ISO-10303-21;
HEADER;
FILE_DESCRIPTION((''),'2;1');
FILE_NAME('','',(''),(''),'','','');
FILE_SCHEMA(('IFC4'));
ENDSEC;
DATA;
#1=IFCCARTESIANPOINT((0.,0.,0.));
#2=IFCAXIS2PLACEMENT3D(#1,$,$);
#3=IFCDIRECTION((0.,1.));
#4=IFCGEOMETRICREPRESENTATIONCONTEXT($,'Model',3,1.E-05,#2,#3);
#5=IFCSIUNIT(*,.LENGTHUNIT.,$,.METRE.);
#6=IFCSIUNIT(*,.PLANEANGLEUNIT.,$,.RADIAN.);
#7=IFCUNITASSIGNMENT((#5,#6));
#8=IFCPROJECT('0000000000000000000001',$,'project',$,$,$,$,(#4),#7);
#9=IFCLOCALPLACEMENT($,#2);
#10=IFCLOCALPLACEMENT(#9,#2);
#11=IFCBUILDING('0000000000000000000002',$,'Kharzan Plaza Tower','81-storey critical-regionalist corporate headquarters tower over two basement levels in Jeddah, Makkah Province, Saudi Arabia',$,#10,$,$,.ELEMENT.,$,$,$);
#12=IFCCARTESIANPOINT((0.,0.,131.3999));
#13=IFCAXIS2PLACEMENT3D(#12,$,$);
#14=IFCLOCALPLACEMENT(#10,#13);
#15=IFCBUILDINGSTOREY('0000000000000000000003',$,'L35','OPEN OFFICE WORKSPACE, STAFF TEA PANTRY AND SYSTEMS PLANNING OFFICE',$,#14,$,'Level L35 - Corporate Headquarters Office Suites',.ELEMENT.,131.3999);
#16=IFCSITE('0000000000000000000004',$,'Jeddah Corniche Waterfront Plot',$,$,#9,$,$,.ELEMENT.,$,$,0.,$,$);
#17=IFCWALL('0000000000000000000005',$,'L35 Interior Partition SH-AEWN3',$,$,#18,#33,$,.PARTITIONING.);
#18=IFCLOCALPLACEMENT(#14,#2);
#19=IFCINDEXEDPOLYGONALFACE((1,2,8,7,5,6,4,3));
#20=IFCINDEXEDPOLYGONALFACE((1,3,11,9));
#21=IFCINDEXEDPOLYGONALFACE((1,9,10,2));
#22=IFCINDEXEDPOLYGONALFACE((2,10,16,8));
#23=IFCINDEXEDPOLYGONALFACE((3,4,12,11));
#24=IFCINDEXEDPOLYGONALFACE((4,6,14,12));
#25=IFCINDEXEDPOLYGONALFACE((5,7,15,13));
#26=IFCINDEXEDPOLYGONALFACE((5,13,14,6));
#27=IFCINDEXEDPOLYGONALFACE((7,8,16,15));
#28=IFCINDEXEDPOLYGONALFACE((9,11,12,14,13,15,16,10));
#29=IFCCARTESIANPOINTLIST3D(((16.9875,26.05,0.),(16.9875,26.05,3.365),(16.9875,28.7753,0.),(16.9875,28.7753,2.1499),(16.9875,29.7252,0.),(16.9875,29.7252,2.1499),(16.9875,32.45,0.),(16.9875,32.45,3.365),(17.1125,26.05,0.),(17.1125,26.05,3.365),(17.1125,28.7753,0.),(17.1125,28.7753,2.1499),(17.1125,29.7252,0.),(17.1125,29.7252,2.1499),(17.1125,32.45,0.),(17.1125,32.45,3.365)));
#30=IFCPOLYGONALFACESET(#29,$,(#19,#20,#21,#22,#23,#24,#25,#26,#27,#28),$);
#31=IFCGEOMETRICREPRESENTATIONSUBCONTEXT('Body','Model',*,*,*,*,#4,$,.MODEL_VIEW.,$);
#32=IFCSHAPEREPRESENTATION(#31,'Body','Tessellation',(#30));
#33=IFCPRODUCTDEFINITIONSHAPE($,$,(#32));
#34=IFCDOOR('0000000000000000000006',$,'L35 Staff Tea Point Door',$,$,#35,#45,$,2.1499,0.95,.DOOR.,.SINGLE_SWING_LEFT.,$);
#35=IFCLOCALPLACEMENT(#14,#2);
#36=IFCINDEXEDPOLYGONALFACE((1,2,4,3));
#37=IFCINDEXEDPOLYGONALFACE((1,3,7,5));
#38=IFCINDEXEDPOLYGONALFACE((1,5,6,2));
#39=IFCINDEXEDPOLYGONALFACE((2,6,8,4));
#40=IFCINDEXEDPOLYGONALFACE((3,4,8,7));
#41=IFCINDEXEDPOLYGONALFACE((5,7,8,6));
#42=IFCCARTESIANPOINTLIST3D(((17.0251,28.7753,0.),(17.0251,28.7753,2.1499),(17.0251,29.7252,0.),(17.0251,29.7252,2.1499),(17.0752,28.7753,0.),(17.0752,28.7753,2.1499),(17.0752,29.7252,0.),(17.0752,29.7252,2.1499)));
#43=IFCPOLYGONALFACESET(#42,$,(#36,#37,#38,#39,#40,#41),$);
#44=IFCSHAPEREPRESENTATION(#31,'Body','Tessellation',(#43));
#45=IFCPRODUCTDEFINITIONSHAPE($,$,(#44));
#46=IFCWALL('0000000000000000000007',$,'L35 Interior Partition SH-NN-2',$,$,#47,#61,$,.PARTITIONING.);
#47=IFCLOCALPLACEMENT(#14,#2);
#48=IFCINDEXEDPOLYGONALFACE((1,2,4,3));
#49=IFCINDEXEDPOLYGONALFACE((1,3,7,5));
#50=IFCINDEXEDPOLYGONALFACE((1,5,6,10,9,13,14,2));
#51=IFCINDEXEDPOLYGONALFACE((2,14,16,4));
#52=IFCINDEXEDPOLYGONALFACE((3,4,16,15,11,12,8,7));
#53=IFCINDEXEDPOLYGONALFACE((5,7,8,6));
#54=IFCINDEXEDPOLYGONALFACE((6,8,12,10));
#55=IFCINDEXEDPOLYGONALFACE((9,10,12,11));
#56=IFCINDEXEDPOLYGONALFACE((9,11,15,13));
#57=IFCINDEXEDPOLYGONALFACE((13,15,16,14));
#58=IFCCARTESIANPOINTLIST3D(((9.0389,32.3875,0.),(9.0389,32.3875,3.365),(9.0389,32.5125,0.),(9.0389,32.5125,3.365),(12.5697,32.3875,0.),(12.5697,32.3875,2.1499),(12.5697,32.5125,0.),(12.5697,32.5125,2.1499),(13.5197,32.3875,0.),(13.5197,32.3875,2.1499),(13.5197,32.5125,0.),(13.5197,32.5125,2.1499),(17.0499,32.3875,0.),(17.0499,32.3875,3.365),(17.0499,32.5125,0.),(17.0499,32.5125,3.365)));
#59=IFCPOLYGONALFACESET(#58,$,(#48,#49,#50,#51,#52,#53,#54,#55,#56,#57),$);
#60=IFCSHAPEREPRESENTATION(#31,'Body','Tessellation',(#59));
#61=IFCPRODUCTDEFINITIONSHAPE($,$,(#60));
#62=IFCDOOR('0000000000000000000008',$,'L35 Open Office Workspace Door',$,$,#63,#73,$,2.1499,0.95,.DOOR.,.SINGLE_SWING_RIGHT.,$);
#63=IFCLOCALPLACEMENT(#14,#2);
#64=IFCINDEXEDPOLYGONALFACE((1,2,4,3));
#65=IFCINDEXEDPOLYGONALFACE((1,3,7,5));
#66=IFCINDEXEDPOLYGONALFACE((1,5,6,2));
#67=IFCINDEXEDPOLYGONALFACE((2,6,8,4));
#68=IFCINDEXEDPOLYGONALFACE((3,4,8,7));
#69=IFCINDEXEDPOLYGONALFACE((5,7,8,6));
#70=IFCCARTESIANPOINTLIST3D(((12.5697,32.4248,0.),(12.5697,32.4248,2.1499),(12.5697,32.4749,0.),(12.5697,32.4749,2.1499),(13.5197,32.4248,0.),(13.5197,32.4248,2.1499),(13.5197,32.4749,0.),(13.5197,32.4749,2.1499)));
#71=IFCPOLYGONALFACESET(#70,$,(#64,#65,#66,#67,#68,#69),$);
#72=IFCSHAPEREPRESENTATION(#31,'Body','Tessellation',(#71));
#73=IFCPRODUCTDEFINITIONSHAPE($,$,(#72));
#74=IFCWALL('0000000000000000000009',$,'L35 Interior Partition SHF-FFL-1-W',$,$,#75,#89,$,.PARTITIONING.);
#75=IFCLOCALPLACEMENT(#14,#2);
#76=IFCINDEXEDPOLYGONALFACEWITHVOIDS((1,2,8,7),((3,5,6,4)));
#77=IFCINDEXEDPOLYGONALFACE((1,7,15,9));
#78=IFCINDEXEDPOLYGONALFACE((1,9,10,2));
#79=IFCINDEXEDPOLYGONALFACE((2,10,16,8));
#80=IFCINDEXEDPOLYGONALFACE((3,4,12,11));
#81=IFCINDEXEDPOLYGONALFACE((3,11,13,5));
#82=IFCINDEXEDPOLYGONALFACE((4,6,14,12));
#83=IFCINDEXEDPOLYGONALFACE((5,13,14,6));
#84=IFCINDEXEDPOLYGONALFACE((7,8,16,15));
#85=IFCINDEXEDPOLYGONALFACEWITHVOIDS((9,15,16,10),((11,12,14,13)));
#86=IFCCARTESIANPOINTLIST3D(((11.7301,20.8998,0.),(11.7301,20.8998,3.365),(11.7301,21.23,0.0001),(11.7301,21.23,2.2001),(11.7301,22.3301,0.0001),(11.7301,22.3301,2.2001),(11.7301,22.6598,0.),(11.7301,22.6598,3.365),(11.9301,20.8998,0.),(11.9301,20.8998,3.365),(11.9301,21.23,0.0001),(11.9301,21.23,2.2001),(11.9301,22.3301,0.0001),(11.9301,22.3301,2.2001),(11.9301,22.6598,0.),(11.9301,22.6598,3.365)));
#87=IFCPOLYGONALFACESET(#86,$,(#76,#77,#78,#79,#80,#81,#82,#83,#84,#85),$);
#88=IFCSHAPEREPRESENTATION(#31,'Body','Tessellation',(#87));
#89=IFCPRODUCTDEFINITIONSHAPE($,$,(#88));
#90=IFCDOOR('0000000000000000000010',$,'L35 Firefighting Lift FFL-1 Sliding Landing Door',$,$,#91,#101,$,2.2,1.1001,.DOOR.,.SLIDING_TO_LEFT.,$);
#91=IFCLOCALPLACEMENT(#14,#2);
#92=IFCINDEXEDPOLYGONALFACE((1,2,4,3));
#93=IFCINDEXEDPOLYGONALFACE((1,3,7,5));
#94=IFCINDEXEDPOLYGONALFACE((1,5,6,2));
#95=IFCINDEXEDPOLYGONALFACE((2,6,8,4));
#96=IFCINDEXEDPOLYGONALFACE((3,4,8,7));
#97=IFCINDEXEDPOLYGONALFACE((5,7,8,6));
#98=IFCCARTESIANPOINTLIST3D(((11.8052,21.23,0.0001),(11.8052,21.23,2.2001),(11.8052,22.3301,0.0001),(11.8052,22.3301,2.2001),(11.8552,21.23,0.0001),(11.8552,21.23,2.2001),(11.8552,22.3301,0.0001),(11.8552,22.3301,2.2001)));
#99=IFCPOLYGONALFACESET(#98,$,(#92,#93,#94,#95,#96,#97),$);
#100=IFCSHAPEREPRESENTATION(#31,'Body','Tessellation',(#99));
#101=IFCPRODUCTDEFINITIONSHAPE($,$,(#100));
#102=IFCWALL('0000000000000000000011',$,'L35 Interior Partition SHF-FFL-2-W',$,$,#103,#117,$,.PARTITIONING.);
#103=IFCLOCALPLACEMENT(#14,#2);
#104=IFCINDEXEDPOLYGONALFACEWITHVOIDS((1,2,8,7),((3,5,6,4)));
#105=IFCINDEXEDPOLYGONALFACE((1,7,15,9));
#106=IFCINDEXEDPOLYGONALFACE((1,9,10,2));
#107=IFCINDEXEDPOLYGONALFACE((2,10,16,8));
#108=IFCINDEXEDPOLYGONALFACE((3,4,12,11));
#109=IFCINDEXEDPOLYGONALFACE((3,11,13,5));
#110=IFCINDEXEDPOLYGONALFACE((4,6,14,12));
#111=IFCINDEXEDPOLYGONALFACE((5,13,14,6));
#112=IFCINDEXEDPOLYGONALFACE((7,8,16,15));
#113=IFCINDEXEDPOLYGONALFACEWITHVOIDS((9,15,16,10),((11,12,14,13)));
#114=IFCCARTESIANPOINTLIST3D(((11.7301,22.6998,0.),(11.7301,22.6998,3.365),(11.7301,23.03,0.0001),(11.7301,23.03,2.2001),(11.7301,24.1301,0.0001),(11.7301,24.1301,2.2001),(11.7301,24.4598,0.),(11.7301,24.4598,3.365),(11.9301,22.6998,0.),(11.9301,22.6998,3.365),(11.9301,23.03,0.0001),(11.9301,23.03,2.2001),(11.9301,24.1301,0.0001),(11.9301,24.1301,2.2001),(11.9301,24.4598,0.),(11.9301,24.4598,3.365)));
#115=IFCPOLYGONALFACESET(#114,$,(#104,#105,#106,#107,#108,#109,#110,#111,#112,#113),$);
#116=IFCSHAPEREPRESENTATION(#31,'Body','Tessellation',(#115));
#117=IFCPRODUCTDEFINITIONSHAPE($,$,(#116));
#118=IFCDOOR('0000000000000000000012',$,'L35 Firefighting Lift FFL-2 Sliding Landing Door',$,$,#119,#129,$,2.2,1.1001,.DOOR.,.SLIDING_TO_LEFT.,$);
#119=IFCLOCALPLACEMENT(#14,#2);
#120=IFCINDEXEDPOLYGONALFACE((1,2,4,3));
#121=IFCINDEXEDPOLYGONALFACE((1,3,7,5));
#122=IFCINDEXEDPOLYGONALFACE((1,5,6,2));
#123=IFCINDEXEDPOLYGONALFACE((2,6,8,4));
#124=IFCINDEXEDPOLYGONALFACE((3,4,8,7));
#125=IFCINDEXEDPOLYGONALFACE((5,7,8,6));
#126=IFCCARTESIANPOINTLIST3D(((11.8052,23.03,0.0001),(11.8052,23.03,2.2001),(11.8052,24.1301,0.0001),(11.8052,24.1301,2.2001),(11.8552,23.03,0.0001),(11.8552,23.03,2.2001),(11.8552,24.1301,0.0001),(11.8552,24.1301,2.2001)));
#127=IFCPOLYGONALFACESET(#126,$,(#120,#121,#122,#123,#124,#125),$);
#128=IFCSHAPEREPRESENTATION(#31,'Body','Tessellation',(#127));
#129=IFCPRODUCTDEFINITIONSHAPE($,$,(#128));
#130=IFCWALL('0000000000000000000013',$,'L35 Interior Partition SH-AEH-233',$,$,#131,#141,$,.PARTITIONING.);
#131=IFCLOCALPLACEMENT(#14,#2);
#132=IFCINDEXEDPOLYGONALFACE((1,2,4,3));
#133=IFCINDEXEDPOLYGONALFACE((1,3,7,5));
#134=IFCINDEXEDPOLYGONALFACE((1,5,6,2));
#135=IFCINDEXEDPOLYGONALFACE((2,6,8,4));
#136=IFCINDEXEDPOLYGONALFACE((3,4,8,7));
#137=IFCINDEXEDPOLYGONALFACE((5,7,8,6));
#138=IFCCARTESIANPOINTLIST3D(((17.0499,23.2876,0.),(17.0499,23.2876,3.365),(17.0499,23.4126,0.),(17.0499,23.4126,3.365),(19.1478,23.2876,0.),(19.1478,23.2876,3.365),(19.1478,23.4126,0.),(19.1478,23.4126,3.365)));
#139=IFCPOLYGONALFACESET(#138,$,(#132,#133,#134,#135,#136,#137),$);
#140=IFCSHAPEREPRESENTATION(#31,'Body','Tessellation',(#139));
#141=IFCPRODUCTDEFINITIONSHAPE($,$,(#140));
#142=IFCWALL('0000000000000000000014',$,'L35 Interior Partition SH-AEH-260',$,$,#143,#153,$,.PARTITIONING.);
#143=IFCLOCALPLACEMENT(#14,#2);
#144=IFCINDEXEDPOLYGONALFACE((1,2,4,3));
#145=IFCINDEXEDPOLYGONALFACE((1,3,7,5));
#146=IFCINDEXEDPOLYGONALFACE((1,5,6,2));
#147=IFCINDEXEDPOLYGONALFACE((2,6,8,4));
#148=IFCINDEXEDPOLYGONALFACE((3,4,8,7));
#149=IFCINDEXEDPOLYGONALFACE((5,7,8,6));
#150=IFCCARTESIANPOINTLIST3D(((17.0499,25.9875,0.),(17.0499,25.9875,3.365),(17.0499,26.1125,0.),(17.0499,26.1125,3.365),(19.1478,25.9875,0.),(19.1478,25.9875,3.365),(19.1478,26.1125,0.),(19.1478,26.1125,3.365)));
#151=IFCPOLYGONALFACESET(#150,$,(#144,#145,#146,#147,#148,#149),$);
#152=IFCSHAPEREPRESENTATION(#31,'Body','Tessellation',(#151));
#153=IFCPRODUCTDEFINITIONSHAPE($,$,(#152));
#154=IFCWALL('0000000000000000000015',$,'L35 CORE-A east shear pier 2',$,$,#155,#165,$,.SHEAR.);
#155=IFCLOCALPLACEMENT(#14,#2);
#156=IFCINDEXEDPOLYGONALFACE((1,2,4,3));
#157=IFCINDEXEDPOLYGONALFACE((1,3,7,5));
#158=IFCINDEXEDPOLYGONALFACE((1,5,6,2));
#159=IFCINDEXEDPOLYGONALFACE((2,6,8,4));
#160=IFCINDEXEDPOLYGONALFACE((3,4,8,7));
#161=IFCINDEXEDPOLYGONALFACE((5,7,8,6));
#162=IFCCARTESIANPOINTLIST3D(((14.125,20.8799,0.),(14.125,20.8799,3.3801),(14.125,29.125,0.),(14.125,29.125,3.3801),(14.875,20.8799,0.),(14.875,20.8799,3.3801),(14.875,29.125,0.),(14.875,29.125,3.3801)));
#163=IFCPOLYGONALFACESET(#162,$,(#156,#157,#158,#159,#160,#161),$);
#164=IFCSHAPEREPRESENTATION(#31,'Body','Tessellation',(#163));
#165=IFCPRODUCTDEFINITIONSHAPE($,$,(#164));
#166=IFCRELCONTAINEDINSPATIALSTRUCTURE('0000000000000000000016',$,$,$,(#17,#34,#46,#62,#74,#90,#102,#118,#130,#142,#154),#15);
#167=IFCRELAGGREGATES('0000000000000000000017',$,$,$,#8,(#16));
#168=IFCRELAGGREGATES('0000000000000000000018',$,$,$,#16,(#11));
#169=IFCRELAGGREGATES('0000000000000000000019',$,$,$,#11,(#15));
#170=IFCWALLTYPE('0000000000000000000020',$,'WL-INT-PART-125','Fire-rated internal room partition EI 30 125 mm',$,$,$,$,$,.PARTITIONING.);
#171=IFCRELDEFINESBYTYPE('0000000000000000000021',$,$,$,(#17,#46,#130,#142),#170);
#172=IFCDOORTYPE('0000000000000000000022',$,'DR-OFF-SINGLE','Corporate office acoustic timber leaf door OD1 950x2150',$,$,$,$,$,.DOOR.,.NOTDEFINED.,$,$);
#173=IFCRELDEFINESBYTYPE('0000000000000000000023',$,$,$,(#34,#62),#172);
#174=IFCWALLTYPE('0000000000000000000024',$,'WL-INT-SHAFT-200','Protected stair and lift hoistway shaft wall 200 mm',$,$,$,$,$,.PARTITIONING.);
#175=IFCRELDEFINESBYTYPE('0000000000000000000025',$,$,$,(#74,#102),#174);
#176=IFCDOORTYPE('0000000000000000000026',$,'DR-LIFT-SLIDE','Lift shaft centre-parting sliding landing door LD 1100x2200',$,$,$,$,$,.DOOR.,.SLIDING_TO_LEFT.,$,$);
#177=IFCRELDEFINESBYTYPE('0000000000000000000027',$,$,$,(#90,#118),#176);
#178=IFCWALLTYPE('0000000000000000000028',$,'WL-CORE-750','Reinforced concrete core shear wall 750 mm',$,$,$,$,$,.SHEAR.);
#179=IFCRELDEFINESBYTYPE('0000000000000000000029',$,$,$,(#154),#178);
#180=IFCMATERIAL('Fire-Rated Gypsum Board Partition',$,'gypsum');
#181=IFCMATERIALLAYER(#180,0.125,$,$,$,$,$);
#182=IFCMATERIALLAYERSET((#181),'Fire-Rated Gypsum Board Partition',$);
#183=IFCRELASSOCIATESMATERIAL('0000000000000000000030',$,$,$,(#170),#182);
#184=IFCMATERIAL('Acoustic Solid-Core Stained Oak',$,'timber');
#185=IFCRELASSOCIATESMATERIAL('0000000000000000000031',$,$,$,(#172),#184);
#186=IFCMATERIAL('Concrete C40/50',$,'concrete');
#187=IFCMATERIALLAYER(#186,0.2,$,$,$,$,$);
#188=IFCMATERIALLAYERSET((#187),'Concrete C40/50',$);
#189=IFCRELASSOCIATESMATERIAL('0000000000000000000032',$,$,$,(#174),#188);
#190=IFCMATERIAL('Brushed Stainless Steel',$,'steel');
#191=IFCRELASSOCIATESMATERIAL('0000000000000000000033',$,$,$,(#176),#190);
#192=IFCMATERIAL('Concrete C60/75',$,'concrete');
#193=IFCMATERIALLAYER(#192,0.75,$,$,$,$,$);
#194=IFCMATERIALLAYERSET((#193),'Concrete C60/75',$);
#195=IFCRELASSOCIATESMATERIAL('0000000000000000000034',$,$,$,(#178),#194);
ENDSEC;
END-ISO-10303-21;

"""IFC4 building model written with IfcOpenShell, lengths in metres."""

from ifc_helpers import new_model, si_unit, direction, frame, frame_2d, origin, place, context, subcontext, project, spatial, rectangle, extrude, source, transform, mapped, material, layer, layer_set, type_object, element, fill, save


model = new_model("IFC4")

# Units and contexts
model_context = context("Model", 3, precision=1e-05, world=origin(), true_north=direction((0.0, 1.0)))
body_context = subcontext(model_context, "Body", "Model", "MODEL_VIEW")
ifc_project = project(units=[si_unit("LENGTHUNIT", "METRE"), si_unit("PLANEANGLEUNIT", "RADIAN")], contexts=[model_context])

# Site, building, storey
site_placement = place(None, origin())
site = spatial("IfcSite", under=ifc_project, at=site_placement, Name="Jeddah Corniche Waterfront Plot", CompositionType="ELEMENT", RefElevation=0.0)
building_placement = place(site_placement, origin())
building = spatial("IfcBuilding", under=site, at=building_placement, Name="Kharzan Plaza Tower", Description="81-storey critical-regionalist corporate headquarters tower over two basement levels in Jeddah, Makkah Province, Saudi Arabia", CompositionType="ELEMENT")
storey_placement = place(building_placement, frame((0.0, 0.0, 131.3999)))
storey = spatial("IfcBuildingStorey", under=building, at=storey_placement, Name="L35", Description="OPEN OFFICE WORKSPACE, STAFF TEA PANTRY AND SYSTEMS PLANNING OFFICE", LongName="Level L35 - Corporate Headquarters Office Suites", CompositionType="ELEMENT", Elevation=131.3999)

# Shared definitions
ifc_material_1 = material(Name="Concrete C60/75", Category="concrete")

# Walls, openings, doors
ifc_material_2 = material(Name="Concrete C40/50", Category="concrete")
ifc_material_3 = material(Name="Fire-Rated Gypsum Board Partition", Category="gypsum")
ifc_layer_1 = layer(ifc_material_3, 0.125)
ifc_layer_set_1 = layer_set([ifc_layer_1], Name="Fire-Rated Gypsum Board Partition")
wall_type_1 = type_object("IfcWallType", Name="WL-INT-PART-125", Description="Fire-rated internal room partition EI 30 125 mm", PredefinedType="PARTITIONING", material=ifc_layer_set_1)
wall_1_placement = place(storey_placement, frame((17.05, 26.05, 0.0), z_axis=(0.0, 0.0, 1.0), x_axis=(0.0, 1.0, 0.0)))
wall_1 = element("IfcWall", 1, at=wall_1_placement, inside=storey, type_object=wall_type_1, Name="L35 Interior Partition SH-AEWN3", PredefinedType="PARTITIONING", context=body_context, shape_type="SweptSolid", body=[
    extrude(rectangle(XDim=6.3999, YDim=0.125, at=frame_2d((3.2, 0.0))), origin(), (0.0, 0.0, 1.0), 3.365),
])
opening_1_placement = place(wall_1_placement, frame((2.7251, 0.0, 0.0)))
opening_1 = element("IfcOpeningElement", 2, at=opening_1_placement, cuts=wall_1, PredefinedType="OPENING", context=body_context, shape_type="SweptSolid", body=[
    extrude(rectangle(XDim=0.95, YDim=2.1499, at=frame_2d((0.4751, 1.075))), frame((0.0, 0.0725, 0.0), z_axis=(0.0, -1.0, 0.0), x_axis=(1.0, 0.0, 0.0)), (0.0, 0.0, 1.0), 0.145),
])
ifc_material_4 = material(Name="Acoustic Solid-Core Stained Oak", Category="timber")
door_type_1 = type_object("IfcDoorType", Name="DR-OFF-SINGLE", Description="Corporate office acoustic timber leaf door OD1 950x2150", OperationType="NOTDEFINED", PredefinedType="DOOR", material=ifc_material_4)
shared_shape_1 = source(origin(), body_context, "Body", "SweptSolid", [
    extrude(rectangle(XDim=0.95, YDim=2.1499, at=frame_2d((0.4751, 1.075))), frame((0.0, 0.0249, 0.0), z_axis=(0.0, -1.0, 0.0), x_axis=(1.0, 0.0, 0.0)), (0.0, 0.0, 1.0), 0.05),
])
door_1_placement = place(opening_1_placement, origin())
door_1 = element("IfcDoor", 3, at=door_1_placement, inside=storey, type_object=door_type_1, Name="L35 Staff Tea Point Door", OperationType="SINGLE_SWING_LEFT", OverallHeight=2.1499, OverallWidth=0.95, PredefinedType="DOOR", context=body_context, shape_type="MappedRepresentation", body=[
    mapped(shared_shape_1, transform((0.0, 0.0, 0.0), x_axis=(1.0, 0.0, 0.0), y_axis=(0.0, 1.0, 0.0), z_axis=(0.0, 0.0, 1.0))),
])
fill(opening_1, door_1)
wall_2_placement = place(storey_placement, frame((9.0391, 32.45, 0.0), z_axis=(0.0, 0.0, 1.0), x_axis=(1.0, 0.0, 0.0)))
wall_2 = element("IfcWall", 4, at=wall_2_placement, inside=storey, type_object=wall_type_1, Name="L35 Interior Partition SH-NN-2", PredefinedType="PARTITIONING", context=body_context, shape_type="SweptSolid", body=[
    extrude(rectangle(XDim=8.011, YDim=0.125, at=frame_2d((4.0054, 0.0))), origin(), (0.0, 0.0, 1.0), 3.365),
])
opening_2_placement = place(wall_2_placement, frame((3.5305, 0.0, 0.0)))
opening_2 = element("IfcOpeningElement", 5, at=opening_2_placement, cuts=wall_2, PredefinedType="OPENING", context=body_context, shape_type="SweptSolid", body=[
    extrude(rectangle(XDim=0.95, YDim=2.1499, at=frame_2d((0.4751, 1.075))), frame((0.0, 0.0725, 0.0), z_axis=(0.0, -1.0, 0.0), x_axis=(1.0, 0.0, 0.0)), (0.0, 0.0, 1.0), 0.145),
])
door_2_placement = place(opening_2_placement, origin())
door_2 = element("IfcDoor", 6, at=door_2_placement, inside=storey, type_object=door_type_1, Name="L35 Open Office Workspace Door", OperationType="SINGLE_SWING_RIGHT", OverallHeight=2.1499, OverallWidth=0.95, PredefinedType="DOOR", context=body_context, shape_type="MappedRepresentation", body=[
    mapped(shared_shape_1, transform((0.0, 0.0, 0.0), x_axis=(1.0, 0.0, 0.0), y_axis=(0.0, 1.0, 0.0), z_axis=(0.0, 0.0, 1.0))),
])
fill(opening_2, door_2)
ifc_layer_2 = layer(ifc_material_2, 0.2)
ifc_layer_set_2 = layer_set([ifc_layer_2], Name="Concrete C40/50")
wall_type_2 = type_object("IfcWallType", Name="WL-INT-SHAFT-200", Description="Protected stair and lift hoistway shaft wall 200 mm", PredefinedType="PARTITIONING", material=ifc_layer_set_2)
wall_3_placement = place(storey_placement, frame((11.8301, 20.8999, 0.0), z_axis=(0.0, 0.0, 1.0), x_axis=(0.0, 1.0, 0.0)))
wall_3 = element("IfcWall", 7, at=wall_3_placement, inside=storey, type_object=wall_type_2, Name="L35 Interior Partition SHF-FFL-1-W", PredefinedType="PARTITIONING", context=body_context, shape_type="SweptSolid", body=[
    extrude(rectangle(XDim=1.76, YDim=0.2, at=frame_2d((0.8799, 0.0))), origin(), (0.0, 0.0, 1.0), 3.365),
])
opening_3_placement = place(wall_3_placement, frame((0.3301, 0.0, 0.0)))
opening_3 = element("IfcOpeningElement", 8, at=opening_3_placement, cuts=wall_3, PredefinedType="OPENING", context=body_context, shape_type="SweptSolid", body=[
    extrude(rectangle(XDim=1.1001, YDim=2.2, at=frame_2d((0.55, 1.1001))), frame((0.0, 0.1099, 0.0), z_axis=(0.0, -1.0, 0.0), x_axis=(1.0, 0.0, 0.0)), (0.0, 0.0, 1.0), 0.22),
])
ifc_material_5 = material(Name="Brushed Stainless Steel", Category="steel")
door_type_2 = type_object("IfcDoorType", Name="DR-LIFT-SLIDE", Description="Lift shaft centre-parting sliding landing door LD 1100x2200", OperationType="SLIDING_TO_LEFT", PredefinedType="DOOR", material=ifc_material_5)
shared_shape_2 = source(origin(), body_context, "Body", "SweptSolid", [
    extrude(rectangle(XDim=1.1001, YDim=2.2, at=frame_2d((0.55, 1.1001))), frame((0.0, 0.0249, 0.0), z_axis=(0.0, -1.0, 0.0), x_axis=(1.0, 0.0, 0.0)), (0.0, 0.0, 1.0), 0.05),
])
door_3_placement = place(opening_3_placement, origin())
door_3 = element("IfcDoor", 9, at=door_3_placement, inside=storey, type_object=door_type_2, Name="L35 Firefighting Lift FFL-1 Sliding Landing Door", OperationType="SLIDING_TO_LEFT", OverallHeight=2.2, OverallWidth=1.1001, PredefinedType="DOOR", context=body_context, shape_type="MappedRepresentation", body=[
    mapped(shared_shape_2, transform((0.0, 0.0, 0.0), x_axis=(1.0, 0.0, 0.0), y_axis=(0.0, 1.0, 0.0), z_axis=(0.0, 0.0, 1.0))),
])
fill(opening_3, door_3)
wall_4_placement = place(storey_placement, frame((11.8301, 22.7, 0.0), z_axis=(0.0, 0.0, 1.0), x_axis=(0.0, 1.0, 0.0)))
wall_4 = element("IfcWall", 10, at=wall_4_placement, inside=storey, type_object=wall_type_2, Name="L35 Interior Partition SHF-FFL-2-W", PredefinedType="PARTITIONING", context=body_context, shape_type="SweptSolid", body=[
    extrude(rectangle(XDim=1.76, YDim=0.2, at=frame_2d((0.8799, 0.0))), origin(), (0.0, 0.0, 1.0), 3.365),
])
opening_4_placement = place(wall_4_placement, frame((0.3301, 0.0, 0.0)))
opening_4 = element("IfcOpeningElement", 11, at=opening_4_placement, cuts=wall_4, PredefinedType="OPENING", context=body_context, shape_type="SweptSolid", body=[
    extrude(rectangle(XDim=1.1001, YDim=2.2, at=frame_2d((0.55, 1.1001))), frame((0.0, 0.1099, 0.0), z_axis=(0.0, -1.0, 0.0), x_axis=(1.0, 0.0, 0.0)), (0.0, 0.0, 1.0), 0.22),
])
door_4_placement = place(opening_4_placement, origin())
door_4 = element("IfcDoor", 12, at=door_4_placement, inside=storey, type_object=door_type_2, Name="L35 Firefighting Lift FFL-2 Sliding Landing Door", OperationType="SLIDING_TO_LEFT", OverallHeight=2.2, OverallWidth=1.1001, PredefinedType="DOOR", context=body_context, shape_type="MappedRepresentation", body=[
    mapped(shared_shape_2, transform((0.0, 0.0, 0.0), x_axis=(1.0, 0.0, 0.0), y_axis=(0.0, 1.0, 0.0), z_axis=(0.0, 0.0, 1.0))),
])
fill(opening_4, door_4)

# Walls
shared_shape_3 = source(origin(), body_context, "Body", "SweptSolid", [
    extrude(rectangle(XDim=2.0979, YDim=0.125, at=frame_2d((1.0488, 0.0))), origin(), (0.0, 0.0, 1.0), 3.365),
])
for number, where, z_axis, x_axis, name in (
    (13, (17.05, 23.3501, 0.0), (0.0, 0.0, 1.0), (1.0, 0.0, 0.0), "L35 Interior Partition SH-AEH-233"),
    (14, (17.05, 26.05, 0.0), (0.0, 0.0, 1.0), (1.0, 0.0, 0.0), "L35 Interior Partition SH-AEH-260"),
):
    element("IfcWall", number, at=place(storey_placement, frame(where, z_axis=z_axis, x_axis=x_axis)), inside=storey, type_object=wall_type_1, Name=name, PredefinedType="PARTITIONING", context=body_context, shape_type="MappedRepresentation", body=[
        mapped(shared_shape_3, transform((0.0, 0.0, 0.0), x_axis=(1.0, 0.0, 0.0), y_axis=(0.0, 1.0, 0.0), z_axis=(0.0, 0.0, 1.0))),
    ])
ifc_layer_3 = layer(ifc_material_1, 0.75)
ifc_layer_set_3 = layer_set([ifc_layer_3], Name="Concrete C60/75")
wall_type_3 = type_object("IfcWallType", Name="WL-CORE-750", Description="Reinforced concrete core shear wall 750 mm", PredefinedType="SHEAR", material=ifc_layer_set_3)
shared_shape_4 = source(origin(), body_context, "Body", "SweptSolid", [
    extrude(rectangle(XDim=8.2451, YDim=0.75, at=frame_2d((4.1226, 0.0))), origin(), (0.0, 0.0, 1.0), 3.3801),
])
wall_5_placement = place(storey_placement, frame((14.5, 20.8799, 0.0), z_axis=(0.0, 0.0, 1.0), x_axis=(0.0, 1.0, 0.0)))
element("IfcWall", 15, at=wall_5_placement, inside=storey, type_object=wall_type_3, Name="L35 CORE-A east shear pier 2", PredefinedType="SHEAR", context=body_context, shape_type="MappedRepresentation", body=[
    mapped(shared_shape_4, transform((0.0, 0.0, 0.0), x_axis=(1.0, 0.0, 0.0), y_axis=(0.0, 1.0, 0.0), z_axis=(0.0, 0.0, 1.0))),
])

save(model, "model.ifc")
